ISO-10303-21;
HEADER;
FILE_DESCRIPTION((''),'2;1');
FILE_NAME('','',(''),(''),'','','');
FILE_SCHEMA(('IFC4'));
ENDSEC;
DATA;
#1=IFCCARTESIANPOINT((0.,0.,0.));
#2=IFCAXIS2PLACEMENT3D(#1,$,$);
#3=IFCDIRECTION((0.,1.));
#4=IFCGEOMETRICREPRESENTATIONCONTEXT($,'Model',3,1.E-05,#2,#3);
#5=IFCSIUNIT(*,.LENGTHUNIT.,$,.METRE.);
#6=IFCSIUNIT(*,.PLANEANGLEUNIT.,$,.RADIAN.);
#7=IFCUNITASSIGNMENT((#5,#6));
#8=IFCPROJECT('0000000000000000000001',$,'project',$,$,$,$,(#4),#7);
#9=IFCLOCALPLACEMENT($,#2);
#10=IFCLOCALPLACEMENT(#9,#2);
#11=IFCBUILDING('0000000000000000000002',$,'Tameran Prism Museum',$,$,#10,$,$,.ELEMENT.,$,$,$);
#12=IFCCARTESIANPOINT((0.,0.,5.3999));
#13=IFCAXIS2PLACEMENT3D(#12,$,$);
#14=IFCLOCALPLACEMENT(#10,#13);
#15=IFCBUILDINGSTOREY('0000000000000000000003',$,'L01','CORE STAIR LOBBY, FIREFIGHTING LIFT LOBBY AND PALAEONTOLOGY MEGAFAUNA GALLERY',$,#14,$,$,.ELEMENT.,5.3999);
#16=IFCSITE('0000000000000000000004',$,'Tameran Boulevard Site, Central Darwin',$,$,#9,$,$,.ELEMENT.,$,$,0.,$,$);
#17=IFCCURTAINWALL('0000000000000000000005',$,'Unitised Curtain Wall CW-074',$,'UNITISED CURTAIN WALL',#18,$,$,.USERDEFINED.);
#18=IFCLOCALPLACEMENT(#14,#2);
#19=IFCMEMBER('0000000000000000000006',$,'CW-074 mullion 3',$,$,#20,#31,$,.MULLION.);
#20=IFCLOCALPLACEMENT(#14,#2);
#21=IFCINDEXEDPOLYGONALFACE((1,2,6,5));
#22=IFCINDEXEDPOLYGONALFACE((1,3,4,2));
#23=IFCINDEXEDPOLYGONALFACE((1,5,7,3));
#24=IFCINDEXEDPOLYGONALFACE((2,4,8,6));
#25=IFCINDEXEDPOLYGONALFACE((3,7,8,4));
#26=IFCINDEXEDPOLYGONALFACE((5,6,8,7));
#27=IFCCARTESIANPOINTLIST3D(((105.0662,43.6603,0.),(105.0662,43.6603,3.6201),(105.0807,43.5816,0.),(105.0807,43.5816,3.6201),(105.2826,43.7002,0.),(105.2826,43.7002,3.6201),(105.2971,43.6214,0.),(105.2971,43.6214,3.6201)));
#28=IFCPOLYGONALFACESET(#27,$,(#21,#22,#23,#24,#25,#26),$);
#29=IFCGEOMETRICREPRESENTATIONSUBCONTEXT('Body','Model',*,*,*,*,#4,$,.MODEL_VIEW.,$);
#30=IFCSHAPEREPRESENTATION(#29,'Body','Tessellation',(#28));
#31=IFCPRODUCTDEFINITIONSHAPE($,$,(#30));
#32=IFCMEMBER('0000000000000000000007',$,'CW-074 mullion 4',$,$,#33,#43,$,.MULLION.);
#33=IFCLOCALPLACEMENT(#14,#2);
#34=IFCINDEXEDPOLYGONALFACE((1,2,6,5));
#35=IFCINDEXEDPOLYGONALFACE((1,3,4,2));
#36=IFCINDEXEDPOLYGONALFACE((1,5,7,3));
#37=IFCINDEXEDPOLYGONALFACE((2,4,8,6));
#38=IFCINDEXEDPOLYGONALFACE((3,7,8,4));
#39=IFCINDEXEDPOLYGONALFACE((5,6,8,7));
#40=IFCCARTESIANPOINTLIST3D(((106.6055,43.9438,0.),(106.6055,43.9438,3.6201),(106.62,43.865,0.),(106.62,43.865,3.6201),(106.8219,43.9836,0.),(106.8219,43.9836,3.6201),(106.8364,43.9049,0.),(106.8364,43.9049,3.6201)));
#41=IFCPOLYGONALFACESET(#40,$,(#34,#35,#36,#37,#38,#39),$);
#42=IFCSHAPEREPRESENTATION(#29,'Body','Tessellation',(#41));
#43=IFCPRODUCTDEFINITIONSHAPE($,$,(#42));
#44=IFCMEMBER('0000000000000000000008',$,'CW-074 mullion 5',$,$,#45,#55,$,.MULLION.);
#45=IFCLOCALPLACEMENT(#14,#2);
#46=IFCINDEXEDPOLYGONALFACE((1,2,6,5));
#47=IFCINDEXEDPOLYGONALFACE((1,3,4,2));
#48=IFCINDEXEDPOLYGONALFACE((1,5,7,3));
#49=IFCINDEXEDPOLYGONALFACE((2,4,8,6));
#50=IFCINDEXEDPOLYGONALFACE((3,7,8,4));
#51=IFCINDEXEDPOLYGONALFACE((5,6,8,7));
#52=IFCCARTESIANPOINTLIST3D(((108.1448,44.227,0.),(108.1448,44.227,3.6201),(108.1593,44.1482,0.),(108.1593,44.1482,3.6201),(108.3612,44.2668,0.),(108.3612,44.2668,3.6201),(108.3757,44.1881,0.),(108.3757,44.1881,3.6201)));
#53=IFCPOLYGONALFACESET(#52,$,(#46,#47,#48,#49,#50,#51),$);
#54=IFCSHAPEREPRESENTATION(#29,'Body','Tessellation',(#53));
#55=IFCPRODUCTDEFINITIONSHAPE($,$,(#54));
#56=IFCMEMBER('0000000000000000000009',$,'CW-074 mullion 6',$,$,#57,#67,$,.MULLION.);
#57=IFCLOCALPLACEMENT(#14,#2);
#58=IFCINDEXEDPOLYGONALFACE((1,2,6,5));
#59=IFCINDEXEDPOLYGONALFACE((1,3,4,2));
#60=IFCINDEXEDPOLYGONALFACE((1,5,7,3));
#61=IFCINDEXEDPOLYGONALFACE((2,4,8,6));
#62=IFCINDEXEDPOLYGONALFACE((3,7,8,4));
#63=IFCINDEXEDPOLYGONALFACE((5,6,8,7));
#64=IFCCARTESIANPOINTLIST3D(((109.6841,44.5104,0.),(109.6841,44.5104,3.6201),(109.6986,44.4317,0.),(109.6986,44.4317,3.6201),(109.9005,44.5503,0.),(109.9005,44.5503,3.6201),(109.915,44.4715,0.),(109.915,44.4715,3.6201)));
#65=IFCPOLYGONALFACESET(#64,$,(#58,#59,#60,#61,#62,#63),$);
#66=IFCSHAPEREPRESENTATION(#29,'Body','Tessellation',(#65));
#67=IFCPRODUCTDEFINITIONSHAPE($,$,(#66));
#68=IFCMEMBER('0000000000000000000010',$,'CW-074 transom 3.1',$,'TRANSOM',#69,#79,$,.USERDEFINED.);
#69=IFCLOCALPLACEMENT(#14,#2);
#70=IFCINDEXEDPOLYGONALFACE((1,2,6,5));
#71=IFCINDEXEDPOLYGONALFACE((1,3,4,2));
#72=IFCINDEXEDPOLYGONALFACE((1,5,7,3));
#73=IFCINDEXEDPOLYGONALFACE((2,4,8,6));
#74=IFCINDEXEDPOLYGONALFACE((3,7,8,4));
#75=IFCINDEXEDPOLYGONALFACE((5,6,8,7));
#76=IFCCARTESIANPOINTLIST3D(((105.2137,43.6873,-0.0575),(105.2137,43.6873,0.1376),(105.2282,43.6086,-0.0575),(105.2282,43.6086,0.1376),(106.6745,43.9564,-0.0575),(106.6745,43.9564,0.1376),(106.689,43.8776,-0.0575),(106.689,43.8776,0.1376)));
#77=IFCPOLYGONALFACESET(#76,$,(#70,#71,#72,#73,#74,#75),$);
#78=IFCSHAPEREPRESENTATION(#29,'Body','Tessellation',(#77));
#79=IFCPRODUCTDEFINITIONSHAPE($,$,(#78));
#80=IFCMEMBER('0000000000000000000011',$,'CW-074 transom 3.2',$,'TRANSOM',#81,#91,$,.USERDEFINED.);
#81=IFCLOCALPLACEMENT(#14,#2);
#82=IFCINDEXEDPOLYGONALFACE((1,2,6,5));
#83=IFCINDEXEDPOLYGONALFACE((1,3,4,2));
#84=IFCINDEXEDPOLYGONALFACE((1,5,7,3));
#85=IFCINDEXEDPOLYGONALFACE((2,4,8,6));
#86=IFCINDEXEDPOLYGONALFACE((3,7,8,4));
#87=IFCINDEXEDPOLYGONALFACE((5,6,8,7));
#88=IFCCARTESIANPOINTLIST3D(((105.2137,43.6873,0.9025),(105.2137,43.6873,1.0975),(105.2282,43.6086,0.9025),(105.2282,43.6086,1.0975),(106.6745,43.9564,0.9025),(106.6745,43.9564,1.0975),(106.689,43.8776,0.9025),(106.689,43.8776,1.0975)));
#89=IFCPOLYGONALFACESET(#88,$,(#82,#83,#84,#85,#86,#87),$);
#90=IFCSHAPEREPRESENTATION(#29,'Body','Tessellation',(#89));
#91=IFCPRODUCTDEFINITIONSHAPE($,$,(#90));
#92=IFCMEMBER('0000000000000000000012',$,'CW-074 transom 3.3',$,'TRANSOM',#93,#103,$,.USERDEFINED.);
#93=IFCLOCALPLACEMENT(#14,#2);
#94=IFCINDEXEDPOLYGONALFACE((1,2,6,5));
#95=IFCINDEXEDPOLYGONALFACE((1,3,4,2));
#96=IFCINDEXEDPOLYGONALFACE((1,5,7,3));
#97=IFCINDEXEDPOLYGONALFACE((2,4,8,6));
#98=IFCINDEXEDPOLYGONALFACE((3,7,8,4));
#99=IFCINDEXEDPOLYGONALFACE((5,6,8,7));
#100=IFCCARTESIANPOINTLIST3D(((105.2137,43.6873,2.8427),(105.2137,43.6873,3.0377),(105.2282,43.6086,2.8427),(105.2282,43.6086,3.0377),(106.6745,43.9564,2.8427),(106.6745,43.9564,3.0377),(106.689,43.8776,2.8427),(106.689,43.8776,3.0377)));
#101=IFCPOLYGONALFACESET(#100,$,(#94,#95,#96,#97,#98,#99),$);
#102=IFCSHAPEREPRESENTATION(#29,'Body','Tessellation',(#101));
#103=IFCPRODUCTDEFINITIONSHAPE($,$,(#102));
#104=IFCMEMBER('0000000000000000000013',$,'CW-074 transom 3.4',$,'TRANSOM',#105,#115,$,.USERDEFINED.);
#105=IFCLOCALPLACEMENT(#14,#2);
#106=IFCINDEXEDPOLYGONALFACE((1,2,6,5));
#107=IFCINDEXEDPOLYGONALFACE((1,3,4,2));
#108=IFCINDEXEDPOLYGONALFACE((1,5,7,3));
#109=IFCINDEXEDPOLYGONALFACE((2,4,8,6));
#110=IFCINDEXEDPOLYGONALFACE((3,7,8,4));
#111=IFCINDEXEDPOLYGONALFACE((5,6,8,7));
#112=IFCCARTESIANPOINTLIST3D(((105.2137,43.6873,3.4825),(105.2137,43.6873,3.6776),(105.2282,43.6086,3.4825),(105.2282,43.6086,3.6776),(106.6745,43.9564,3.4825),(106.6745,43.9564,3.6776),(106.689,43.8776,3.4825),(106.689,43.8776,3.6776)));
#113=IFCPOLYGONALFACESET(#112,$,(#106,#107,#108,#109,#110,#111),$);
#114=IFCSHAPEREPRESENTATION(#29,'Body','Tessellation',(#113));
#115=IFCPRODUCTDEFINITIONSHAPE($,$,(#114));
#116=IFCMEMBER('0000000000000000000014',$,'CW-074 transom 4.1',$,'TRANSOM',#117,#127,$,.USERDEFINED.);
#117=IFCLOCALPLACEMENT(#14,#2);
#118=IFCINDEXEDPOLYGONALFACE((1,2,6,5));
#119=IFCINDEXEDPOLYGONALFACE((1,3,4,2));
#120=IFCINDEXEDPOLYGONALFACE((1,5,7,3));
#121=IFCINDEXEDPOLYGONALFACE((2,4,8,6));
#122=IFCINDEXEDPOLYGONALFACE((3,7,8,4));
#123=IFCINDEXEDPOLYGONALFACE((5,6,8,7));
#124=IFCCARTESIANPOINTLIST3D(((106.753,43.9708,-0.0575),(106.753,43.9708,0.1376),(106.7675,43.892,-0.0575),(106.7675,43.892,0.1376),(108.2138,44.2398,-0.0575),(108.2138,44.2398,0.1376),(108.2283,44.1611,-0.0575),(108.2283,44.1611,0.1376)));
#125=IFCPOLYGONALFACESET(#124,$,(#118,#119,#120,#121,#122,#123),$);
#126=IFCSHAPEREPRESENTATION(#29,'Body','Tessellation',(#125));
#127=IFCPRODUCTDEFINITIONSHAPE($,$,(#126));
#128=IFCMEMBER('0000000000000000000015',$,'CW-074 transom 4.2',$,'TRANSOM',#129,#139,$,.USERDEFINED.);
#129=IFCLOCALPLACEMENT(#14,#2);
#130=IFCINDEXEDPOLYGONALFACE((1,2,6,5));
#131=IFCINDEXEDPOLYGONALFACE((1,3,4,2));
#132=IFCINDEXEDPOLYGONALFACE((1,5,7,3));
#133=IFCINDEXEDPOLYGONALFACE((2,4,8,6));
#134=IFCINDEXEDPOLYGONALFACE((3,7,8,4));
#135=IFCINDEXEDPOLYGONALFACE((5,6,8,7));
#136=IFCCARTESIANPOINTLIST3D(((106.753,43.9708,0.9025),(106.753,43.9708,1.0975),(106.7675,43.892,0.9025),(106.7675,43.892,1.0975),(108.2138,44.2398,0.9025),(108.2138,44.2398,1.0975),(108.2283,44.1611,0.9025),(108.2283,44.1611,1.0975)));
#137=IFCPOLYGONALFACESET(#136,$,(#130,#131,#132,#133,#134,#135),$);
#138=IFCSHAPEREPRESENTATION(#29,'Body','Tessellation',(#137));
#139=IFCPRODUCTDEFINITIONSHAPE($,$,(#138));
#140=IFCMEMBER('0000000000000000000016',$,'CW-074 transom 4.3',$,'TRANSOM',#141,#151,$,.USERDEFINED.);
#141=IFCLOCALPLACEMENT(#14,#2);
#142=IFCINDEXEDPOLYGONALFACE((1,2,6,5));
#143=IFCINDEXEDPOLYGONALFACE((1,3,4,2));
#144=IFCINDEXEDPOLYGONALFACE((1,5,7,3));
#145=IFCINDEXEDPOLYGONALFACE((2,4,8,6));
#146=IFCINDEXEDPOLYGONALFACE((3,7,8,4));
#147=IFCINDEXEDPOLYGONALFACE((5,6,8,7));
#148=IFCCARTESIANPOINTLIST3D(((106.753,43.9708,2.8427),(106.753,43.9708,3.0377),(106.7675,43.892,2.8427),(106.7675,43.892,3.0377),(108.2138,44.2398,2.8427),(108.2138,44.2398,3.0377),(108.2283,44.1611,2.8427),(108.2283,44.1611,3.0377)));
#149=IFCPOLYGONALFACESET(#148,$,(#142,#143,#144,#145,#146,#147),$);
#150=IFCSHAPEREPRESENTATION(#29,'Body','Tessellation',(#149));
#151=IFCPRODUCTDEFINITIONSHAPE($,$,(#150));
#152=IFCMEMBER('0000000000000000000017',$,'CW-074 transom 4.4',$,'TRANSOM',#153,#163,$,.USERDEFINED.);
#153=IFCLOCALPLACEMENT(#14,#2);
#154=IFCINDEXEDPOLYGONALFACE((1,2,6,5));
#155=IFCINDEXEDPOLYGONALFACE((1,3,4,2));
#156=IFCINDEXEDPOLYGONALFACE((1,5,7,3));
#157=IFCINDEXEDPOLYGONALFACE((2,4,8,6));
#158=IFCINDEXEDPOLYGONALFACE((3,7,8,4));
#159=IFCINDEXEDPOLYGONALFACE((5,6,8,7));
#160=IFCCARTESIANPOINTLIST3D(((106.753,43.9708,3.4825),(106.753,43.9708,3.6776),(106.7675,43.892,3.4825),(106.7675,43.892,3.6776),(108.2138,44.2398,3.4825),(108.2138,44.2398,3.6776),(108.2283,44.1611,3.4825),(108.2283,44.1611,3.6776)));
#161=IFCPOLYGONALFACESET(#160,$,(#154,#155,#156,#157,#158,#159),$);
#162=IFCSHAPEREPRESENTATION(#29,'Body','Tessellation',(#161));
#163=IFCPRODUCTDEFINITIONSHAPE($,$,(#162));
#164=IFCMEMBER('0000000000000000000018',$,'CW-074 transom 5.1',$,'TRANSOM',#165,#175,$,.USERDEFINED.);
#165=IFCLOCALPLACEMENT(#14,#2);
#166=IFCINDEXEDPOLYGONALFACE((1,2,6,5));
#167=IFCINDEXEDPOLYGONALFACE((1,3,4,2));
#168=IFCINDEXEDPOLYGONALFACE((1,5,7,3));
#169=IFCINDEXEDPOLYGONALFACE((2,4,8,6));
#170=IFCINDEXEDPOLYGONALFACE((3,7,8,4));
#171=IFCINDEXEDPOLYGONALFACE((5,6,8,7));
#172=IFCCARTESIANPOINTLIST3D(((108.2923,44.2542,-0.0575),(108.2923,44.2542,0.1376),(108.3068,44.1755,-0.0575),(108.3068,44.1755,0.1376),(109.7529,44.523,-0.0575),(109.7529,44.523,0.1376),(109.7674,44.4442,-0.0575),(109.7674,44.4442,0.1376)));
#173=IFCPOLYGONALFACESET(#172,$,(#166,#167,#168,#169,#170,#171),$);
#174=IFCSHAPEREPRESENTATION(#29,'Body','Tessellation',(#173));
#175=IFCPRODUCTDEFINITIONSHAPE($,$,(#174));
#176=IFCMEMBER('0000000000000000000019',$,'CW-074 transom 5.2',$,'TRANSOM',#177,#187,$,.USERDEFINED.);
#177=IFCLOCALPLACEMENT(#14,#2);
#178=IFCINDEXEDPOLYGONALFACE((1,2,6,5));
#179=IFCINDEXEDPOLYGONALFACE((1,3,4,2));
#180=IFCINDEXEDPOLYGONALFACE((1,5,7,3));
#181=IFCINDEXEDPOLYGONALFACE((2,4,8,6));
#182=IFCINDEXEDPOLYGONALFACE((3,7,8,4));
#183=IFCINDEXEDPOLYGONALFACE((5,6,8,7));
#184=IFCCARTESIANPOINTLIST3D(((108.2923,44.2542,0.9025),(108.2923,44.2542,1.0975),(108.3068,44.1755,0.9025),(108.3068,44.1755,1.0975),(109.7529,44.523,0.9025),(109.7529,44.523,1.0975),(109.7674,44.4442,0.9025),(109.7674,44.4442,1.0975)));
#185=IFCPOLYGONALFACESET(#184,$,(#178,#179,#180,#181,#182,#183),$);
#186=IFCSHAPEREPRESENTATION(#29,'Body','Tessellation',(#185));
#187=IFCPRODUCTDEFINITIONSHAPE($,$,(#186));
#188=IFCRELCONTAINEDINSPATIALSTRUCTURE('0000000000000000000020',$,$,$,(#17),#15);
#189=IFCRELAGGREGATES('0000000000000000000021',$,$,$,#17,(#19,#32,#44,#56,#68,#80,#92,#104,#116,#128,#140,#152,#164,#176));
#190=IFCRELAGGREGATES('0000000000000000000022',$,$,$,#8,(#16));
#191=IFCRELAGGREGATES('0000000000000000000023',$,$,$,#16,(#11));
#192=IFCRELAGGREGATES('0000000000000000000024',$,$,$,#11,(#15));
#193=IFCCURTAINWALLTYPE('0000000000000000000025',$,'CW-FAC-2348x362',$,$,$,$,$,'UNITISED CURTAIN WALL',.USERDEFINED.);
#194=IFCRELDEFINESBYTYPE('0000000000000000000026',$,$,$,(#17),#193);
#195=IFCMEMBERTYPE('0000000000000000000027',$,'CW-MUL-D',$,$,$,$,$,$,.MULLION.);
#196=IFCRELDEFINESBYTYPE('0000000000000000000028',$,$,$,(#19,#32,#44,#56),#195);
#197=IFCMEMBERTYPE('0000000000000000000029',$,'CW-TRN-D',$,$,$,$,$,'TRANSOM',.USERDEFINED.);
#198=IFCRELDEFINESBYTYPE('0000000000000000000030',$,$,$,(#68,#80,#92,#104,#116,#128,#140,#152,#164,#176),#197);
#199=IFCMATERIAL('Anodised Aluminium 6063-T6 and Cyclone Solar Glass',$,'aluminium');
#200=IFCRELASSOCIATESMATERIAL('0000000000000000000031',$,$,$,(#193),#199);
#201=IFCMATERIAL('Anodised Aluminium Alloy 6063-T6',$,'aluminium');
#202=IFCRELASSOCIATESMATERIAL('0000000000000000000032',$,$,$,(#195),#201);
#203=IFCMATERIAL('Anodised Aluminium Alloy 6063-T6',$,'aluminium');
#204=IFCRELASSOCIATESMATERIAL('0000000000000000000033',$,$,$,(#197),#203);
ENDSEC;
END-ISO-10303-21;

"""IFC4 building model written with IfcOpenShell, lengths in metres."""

from ifc_helpers import new_model, si_unit, direction, frame, origin, origin_2d, place, context, subcontext, project, spatial, rectangle, extrude, material, material_profile, profile_set, type_object, element, aggregate, save


model = new_model("IFC4")

# Units and contexts
model_context = context("Model", 3, precision=1e-05, world=origin(), true_north=direction((0.0, 1.0)))
body_context = subcontext(model_context, "Body", "Model", "MODEL_VIEW")
ifc_project = project(units=[si_unit("LENGTHUNIT", "METRE"), si_unit("PLANEANGLEUNIT", "RADIAN")], contexts=[model_context])

# Site, building, storey
site_placement = place(None, origin())
site = spatial("IfcSite", under=ifc_project, at=site_placement, Name="Tameran Boulevard Site, Central Darwin", CompositionType="ELEMENT", RefElevation=0.0)
building_placement = place(site_placement, origin())
building = spatial("IfcBuilding", under=site, at=building_placement, Name="Tameran Prism Museum", CompositionType="ELEMENT")
storey_placement = place(building_placement, frame((0.0, 0.0, 5.3999)))
storey = spatial("IfcBuildingStorey", under=building, at=storey_placement, Name="L01", Description="CORE STAIR LOBBY, FIREFIGHTING LIFT LOBBY AND PALAEONTOLOGY MEGAFAUNA GALLERY", CompositionType="ELEMENT", Elevation=5.3999)

# Curtain wall, members
ifc_material_1 = material(Name="Anodised Aluminium 6063-T6 and Cyclone Solar Glass", Category="aluminium")
curtain_wall_type = type_object("IfcCurtainWallType", Name="CW-FAC-2348x362", ElementType="UNITISED CURTAIN WALL", PredefinedType="USERDEFINED", material=ifc_material_1)
curtain_wall_placement = place(storey_placement, origin())
curtain_wall = element("IfcCurtainWall", 1, at=curtain_wall_placement, inside=storey, type_object=curtain_wall_type, Name="Unitised Curtain Wall CW-074", ObjectType="UNITISED CURTAIN WALL", PredefinedType="USERDEFINED")
ifc_material_2 = material(Name="Anodised Aluminium Alloy 6063-T6", Category="aluminium")
ifc_material_profile_1 = material_profile(ifc_material_2, rectangle(XDim=0.0801, YDim=0.22, at=origin_2d()))
ifc_profile_set_1 = profile_set([ifc_material_profile_1])
member_type_1 = type_object("IfcMemberType", Name="CW-MUL-D", PredefinedType="MULLION", material=ifc_profile_set_1)
member_1_placement = place(storey_placement, frame((105.1816, 43.6409, 0.0), z_axis=(0.0, 0.0, 1.0), x_axis=(-0.181063, 0.983472, 0.0)))
member_1 = element("IfcMember", 2, at=member_1_placement, type_object=member_type_1, Name="CW-074 mullion 3", PredefinedType="MULLION", context=body_context, shape_type="SweptSolid", body=[
    extrude(rectangle(XDim=0.0801, YDim=0.22, at=origin_2d()), origin(), (0.0, 0.0, 1.0), 3.6201),
])
member_2_placement = place(storey_placement, frame((106.7209, 43.9243, 0.0), z_axis=(0.0, 0.0, 1.0), x_axis=(-0.181063, 0.983472, 0.0)))
member_2 = element("IfcMember", 3, at=member_2_placement, type_object=member_type_1, Name="CW-074 mullion 4", PredefinedType="MULLION", context=body_context, shape_type="SweptSolid", body=[
    extrude(rectangle(XDim=0.0801, YDim=0.22, at=origin_2d()), origin(), (0.0, 0.0, 1.0), 3.6201),
])
member_3_placement = place(storey_placement, frame((108.2603, 44.2075, 0.0), z_axis=(0.0, 0.0, 1.0), x_axis=(-0.181063, 0.983472, 0.0)))
member_3 = element("IfcMember", 4, at=member_3_placement, type_object=member_type_1, Name="CW-074 mullion 5", PredefinedType="MULLION", context=body_context, shape_type="SweptSolid", body=[
    extrude(rectangle(XDim=0.0801, YDim=0.22, at=origin_2d()), origin(), (0.0, 0.0, 1.0), 3.6201),
])
member_4_placement = place(storey_placement, frame((109.7996, 44.491, 0.0), z_axis=(0.0, 0.0, 1.0), x_axis=(-0.181063, 0.983472, 0.0)))
member_4 = element("IfcMember", 5, at=member_4_placement, type_object=member_type_1, Name="CW-074 mullion 6", PredefinedType="MULLION", context=body_context, shape_type="SweptSolid", body=[
    extrude(rectangle(XDim=0.0801, YDim=0.22, at=origin_2d()), origin(), (0.0, 0.0, 1.0), 3.6201),
])
ifc_material_3 = material(Name="Anodised Aluminium Alloy 6063-T6", Category="aluminium")
ifc_material_profile_2 = material_profile(ifc_material_3, rectangle(XDim=0.0801, YDim=0.1951, at=origin_2d()))
ifc_profile_set_2 = profile_set([ifc_material_profile_2])
member_type_2 = type_object("IfcMemberType", Name="CW-TRN-D", ElementType="TRANSOM", PredefinedType="USERDEFINED", material=ifc_profile_set_2)
member_5_placement = place(storey_placement, frame((105.2209, 43.6479, 0.04), z_axis=(0.983457, 0.181142, 0.0), x_axis=(-0.181142, 0.983457, 0.0)))
member_5 = element("IfcMember", 6, at=member_5_placement, type_object=member_type_2, Name="CW-074 transom 3.1", ObjectType="TRANSOM", PredefinedType="USERDEFINED", context=body_context, shape_type="SweptSolid", body=[
    extrude(rectangle(XDim=0.0801, YDim=0.1951, at=origin_2d()), origin(), (0.0, 0.0, 1.0), 1.4854),
])
member_6_placement = place(storey_placement, frame((105.2209, 43.6479, 1.0), z_axis=(0.983457, 0.181142, 0.0), x_axis=(-0.181142, 0.983457, 0.0)))
member_6 = element("IfcMember", 7, at=member_6_placement, type_object=member_type_2, Name="CW-074 transom 3.2", ObjectType="TRANSOM", PredefinedType="USERDEFINED", context=body_context, shape_type="SweptSolid", body=[
    extrude(rectangle(XDim=0.0801, YDim=0.1951, at=origin_2d()), origin(), (0.0, 0.0, 1.0), 1.4854),
])
member_7_placement = place(storey_placement, frame((105.2209, 43.6479, 2.9402), z_axis=(0.983457, 0.181142, 0.0), x_axis=(-0.181142, 0.983457, 0.0)))
member_7 = element("IfcMember", 8, at=member_7_placement, type_object=member_type_2, Name="CW-074 transom 3.3", ObjectType="TRANSOM", PredefinedType="USERDEFINED", context=body_context, shape_type="SweptSolid", body=[
    extrude(rectangle(XDim=0.0801, YDim=0.1951, at=origin_2d()), origin(), (0.0, 0.0, 1.0), 1.4854),
])
member_8_placement = place(storey_placement, frame((105.2209, 43.6479, 3.5801), z_axis=(0.983457, 0.181142, 0.0), x_axis=(-0.181142, 0.983457, 0.0)))
member_8 = element("IfcMember", 9, at=member_8_placement, type_object=member_type_2, Name="CW-074 transom 3.4", ObjectType="TRANSOM", PredefinedType="USERDEFINED", context=body_context, shape_type="SweptSolid", body=[
    extrude(rectangle(XDim=0.0801, YDim=0.1951, at=origin_2d()), origin(), (0.0, 0.0, 1.0), 1.4854),
])
member_9_placement = place(storey_placement, frame((106.7603, 43.9314, 0.04), z_axis=(0.983457, 0.181142, 0.0), x_axis=(-0.181142, 0.983457, 0.0)))
member_9 = element("IfcMember", 10, at=member_9_placement, type_object=member_type_2, Name="CW-074 transom 4.1", ObjectType="TRANSOM", PredefinedType="USERDEFINED", context=body_context, shape_type="SweptSolid", body=[
    extrude(rectangle(XDim=0.0801, YDim=0.1951, at=origin_2d()), origin(), (0.0, 0.0, 1.0), 1.4854),
])
member_10_placement = place(storey_placement, frame((106.7603, 43.9314, 1.0), z_axis=(0.983457, 0.181142, 0.0), x_axis=(-0.181142, 0.983457, 0.0)))
member_10 = element("IfcMember", 11, at=member_10_placement, type_object=member_type_2, Name="CW-074 transom 4.2", ObjectType="TRANSOM", PredefinedType="USERDEFINED", context=body_context, shape_type="SweptSolid", body=[
    extrude(rectangle(XDim=0.0801, YDim=0.1951, at=origin_2d()), origin(), (0.0, 0.0, 1.0), 1.4854),
])
member_11_placement = place(storey_placement, frame((106.7603, 43.9314, 2.9402), z_axis=(0.983457, 0.181142, 0.0), x_axis=(-0.181142, 0.983457, 0.0)))
member_11 = element("IfcMember", 12, at=member_11_placement, type_object=member_type_2, Name="CW-074 transom 4.3", ObjectType="TRANSOM", PredefinedType="USERDEFINED", context=body_context, shape_type="SweptSolid", body=[
    extrude(rectangle(XDim=0.0801, YDim=0.1951, at=origin_2d()), origin(), (0.0, 0.0, 1.0), 1.4854),
])
member_12_placement = place(storey_placement, frame((106.7603, 43.9314, 3.5801), z_axis=(0.983457, 0.181142, 0.0), x_axis=(-0.181142, 0.983457, 0.0)))
member_12 = element("IfcMember", 13, at=member_12_placement, type_object=member_type_2, Name="CW-074 transom 4.4", ObjectType="TRANSOM", PredefinedType="USERDEFINED", context=body_context, shape_type="SweptSolid", body=[
    extrude(rectangle(XDim=0.0801, YDim=0.1951, at=origin_2d()), origin(), (0.0, 0.0, 1.0), 1.4854),
])
member_13_placement = place(storey_placement, frame((108.2996, 44.2148, 0.04), z_axis=(0.983486, 0.180983, 0.0), x_axis=(-0.180983, 0.983486, 0.0)))
member_13 = element("IfcMember", 14, at=member_13_placement, type_object=member_type_2, Name="CW-074 transom 5.1", ObjectType="TRANSOM", PredefinedType="USERDEFINED", context=body_context, shape_type="SweptSolid", body=[
    extrude(rectangle(XDim=0.0801, YDim=0.1951, at=origin_2d()), origin(), (0.0, 0.0, 1.0), 1.4851),
])
member_14_placement = place(storey_placement, frame((108.2996, 44.2148, 1.0), z_axis=(0.983486, 0.180983, 0.0), x_axis=(-0.180983, 0.983486, 0.0)))
member_14 = element("IfcMember", 15, at=member_14_placement, type_object=member_type_2, Name="CW-074 transom 5.2", ObjectType="TRANSOM", PredefinedType="USERDEFINED", context=body_context, shape_type="SweptSolid", body=[
    extrude(rectangle(XDim=0.0801, YDim=0.1951, at=origin_2d()), origin(), (0.0, 0.0, 1.0), 1.4851),
])
aggregate(curtain_wall, [member_1, member_2, member_3, member_4, member_5, member_6, member_7, member_8, member_9, member_10, member_11, member_12, member_13, member_14])

save(model, "model.ifc")
